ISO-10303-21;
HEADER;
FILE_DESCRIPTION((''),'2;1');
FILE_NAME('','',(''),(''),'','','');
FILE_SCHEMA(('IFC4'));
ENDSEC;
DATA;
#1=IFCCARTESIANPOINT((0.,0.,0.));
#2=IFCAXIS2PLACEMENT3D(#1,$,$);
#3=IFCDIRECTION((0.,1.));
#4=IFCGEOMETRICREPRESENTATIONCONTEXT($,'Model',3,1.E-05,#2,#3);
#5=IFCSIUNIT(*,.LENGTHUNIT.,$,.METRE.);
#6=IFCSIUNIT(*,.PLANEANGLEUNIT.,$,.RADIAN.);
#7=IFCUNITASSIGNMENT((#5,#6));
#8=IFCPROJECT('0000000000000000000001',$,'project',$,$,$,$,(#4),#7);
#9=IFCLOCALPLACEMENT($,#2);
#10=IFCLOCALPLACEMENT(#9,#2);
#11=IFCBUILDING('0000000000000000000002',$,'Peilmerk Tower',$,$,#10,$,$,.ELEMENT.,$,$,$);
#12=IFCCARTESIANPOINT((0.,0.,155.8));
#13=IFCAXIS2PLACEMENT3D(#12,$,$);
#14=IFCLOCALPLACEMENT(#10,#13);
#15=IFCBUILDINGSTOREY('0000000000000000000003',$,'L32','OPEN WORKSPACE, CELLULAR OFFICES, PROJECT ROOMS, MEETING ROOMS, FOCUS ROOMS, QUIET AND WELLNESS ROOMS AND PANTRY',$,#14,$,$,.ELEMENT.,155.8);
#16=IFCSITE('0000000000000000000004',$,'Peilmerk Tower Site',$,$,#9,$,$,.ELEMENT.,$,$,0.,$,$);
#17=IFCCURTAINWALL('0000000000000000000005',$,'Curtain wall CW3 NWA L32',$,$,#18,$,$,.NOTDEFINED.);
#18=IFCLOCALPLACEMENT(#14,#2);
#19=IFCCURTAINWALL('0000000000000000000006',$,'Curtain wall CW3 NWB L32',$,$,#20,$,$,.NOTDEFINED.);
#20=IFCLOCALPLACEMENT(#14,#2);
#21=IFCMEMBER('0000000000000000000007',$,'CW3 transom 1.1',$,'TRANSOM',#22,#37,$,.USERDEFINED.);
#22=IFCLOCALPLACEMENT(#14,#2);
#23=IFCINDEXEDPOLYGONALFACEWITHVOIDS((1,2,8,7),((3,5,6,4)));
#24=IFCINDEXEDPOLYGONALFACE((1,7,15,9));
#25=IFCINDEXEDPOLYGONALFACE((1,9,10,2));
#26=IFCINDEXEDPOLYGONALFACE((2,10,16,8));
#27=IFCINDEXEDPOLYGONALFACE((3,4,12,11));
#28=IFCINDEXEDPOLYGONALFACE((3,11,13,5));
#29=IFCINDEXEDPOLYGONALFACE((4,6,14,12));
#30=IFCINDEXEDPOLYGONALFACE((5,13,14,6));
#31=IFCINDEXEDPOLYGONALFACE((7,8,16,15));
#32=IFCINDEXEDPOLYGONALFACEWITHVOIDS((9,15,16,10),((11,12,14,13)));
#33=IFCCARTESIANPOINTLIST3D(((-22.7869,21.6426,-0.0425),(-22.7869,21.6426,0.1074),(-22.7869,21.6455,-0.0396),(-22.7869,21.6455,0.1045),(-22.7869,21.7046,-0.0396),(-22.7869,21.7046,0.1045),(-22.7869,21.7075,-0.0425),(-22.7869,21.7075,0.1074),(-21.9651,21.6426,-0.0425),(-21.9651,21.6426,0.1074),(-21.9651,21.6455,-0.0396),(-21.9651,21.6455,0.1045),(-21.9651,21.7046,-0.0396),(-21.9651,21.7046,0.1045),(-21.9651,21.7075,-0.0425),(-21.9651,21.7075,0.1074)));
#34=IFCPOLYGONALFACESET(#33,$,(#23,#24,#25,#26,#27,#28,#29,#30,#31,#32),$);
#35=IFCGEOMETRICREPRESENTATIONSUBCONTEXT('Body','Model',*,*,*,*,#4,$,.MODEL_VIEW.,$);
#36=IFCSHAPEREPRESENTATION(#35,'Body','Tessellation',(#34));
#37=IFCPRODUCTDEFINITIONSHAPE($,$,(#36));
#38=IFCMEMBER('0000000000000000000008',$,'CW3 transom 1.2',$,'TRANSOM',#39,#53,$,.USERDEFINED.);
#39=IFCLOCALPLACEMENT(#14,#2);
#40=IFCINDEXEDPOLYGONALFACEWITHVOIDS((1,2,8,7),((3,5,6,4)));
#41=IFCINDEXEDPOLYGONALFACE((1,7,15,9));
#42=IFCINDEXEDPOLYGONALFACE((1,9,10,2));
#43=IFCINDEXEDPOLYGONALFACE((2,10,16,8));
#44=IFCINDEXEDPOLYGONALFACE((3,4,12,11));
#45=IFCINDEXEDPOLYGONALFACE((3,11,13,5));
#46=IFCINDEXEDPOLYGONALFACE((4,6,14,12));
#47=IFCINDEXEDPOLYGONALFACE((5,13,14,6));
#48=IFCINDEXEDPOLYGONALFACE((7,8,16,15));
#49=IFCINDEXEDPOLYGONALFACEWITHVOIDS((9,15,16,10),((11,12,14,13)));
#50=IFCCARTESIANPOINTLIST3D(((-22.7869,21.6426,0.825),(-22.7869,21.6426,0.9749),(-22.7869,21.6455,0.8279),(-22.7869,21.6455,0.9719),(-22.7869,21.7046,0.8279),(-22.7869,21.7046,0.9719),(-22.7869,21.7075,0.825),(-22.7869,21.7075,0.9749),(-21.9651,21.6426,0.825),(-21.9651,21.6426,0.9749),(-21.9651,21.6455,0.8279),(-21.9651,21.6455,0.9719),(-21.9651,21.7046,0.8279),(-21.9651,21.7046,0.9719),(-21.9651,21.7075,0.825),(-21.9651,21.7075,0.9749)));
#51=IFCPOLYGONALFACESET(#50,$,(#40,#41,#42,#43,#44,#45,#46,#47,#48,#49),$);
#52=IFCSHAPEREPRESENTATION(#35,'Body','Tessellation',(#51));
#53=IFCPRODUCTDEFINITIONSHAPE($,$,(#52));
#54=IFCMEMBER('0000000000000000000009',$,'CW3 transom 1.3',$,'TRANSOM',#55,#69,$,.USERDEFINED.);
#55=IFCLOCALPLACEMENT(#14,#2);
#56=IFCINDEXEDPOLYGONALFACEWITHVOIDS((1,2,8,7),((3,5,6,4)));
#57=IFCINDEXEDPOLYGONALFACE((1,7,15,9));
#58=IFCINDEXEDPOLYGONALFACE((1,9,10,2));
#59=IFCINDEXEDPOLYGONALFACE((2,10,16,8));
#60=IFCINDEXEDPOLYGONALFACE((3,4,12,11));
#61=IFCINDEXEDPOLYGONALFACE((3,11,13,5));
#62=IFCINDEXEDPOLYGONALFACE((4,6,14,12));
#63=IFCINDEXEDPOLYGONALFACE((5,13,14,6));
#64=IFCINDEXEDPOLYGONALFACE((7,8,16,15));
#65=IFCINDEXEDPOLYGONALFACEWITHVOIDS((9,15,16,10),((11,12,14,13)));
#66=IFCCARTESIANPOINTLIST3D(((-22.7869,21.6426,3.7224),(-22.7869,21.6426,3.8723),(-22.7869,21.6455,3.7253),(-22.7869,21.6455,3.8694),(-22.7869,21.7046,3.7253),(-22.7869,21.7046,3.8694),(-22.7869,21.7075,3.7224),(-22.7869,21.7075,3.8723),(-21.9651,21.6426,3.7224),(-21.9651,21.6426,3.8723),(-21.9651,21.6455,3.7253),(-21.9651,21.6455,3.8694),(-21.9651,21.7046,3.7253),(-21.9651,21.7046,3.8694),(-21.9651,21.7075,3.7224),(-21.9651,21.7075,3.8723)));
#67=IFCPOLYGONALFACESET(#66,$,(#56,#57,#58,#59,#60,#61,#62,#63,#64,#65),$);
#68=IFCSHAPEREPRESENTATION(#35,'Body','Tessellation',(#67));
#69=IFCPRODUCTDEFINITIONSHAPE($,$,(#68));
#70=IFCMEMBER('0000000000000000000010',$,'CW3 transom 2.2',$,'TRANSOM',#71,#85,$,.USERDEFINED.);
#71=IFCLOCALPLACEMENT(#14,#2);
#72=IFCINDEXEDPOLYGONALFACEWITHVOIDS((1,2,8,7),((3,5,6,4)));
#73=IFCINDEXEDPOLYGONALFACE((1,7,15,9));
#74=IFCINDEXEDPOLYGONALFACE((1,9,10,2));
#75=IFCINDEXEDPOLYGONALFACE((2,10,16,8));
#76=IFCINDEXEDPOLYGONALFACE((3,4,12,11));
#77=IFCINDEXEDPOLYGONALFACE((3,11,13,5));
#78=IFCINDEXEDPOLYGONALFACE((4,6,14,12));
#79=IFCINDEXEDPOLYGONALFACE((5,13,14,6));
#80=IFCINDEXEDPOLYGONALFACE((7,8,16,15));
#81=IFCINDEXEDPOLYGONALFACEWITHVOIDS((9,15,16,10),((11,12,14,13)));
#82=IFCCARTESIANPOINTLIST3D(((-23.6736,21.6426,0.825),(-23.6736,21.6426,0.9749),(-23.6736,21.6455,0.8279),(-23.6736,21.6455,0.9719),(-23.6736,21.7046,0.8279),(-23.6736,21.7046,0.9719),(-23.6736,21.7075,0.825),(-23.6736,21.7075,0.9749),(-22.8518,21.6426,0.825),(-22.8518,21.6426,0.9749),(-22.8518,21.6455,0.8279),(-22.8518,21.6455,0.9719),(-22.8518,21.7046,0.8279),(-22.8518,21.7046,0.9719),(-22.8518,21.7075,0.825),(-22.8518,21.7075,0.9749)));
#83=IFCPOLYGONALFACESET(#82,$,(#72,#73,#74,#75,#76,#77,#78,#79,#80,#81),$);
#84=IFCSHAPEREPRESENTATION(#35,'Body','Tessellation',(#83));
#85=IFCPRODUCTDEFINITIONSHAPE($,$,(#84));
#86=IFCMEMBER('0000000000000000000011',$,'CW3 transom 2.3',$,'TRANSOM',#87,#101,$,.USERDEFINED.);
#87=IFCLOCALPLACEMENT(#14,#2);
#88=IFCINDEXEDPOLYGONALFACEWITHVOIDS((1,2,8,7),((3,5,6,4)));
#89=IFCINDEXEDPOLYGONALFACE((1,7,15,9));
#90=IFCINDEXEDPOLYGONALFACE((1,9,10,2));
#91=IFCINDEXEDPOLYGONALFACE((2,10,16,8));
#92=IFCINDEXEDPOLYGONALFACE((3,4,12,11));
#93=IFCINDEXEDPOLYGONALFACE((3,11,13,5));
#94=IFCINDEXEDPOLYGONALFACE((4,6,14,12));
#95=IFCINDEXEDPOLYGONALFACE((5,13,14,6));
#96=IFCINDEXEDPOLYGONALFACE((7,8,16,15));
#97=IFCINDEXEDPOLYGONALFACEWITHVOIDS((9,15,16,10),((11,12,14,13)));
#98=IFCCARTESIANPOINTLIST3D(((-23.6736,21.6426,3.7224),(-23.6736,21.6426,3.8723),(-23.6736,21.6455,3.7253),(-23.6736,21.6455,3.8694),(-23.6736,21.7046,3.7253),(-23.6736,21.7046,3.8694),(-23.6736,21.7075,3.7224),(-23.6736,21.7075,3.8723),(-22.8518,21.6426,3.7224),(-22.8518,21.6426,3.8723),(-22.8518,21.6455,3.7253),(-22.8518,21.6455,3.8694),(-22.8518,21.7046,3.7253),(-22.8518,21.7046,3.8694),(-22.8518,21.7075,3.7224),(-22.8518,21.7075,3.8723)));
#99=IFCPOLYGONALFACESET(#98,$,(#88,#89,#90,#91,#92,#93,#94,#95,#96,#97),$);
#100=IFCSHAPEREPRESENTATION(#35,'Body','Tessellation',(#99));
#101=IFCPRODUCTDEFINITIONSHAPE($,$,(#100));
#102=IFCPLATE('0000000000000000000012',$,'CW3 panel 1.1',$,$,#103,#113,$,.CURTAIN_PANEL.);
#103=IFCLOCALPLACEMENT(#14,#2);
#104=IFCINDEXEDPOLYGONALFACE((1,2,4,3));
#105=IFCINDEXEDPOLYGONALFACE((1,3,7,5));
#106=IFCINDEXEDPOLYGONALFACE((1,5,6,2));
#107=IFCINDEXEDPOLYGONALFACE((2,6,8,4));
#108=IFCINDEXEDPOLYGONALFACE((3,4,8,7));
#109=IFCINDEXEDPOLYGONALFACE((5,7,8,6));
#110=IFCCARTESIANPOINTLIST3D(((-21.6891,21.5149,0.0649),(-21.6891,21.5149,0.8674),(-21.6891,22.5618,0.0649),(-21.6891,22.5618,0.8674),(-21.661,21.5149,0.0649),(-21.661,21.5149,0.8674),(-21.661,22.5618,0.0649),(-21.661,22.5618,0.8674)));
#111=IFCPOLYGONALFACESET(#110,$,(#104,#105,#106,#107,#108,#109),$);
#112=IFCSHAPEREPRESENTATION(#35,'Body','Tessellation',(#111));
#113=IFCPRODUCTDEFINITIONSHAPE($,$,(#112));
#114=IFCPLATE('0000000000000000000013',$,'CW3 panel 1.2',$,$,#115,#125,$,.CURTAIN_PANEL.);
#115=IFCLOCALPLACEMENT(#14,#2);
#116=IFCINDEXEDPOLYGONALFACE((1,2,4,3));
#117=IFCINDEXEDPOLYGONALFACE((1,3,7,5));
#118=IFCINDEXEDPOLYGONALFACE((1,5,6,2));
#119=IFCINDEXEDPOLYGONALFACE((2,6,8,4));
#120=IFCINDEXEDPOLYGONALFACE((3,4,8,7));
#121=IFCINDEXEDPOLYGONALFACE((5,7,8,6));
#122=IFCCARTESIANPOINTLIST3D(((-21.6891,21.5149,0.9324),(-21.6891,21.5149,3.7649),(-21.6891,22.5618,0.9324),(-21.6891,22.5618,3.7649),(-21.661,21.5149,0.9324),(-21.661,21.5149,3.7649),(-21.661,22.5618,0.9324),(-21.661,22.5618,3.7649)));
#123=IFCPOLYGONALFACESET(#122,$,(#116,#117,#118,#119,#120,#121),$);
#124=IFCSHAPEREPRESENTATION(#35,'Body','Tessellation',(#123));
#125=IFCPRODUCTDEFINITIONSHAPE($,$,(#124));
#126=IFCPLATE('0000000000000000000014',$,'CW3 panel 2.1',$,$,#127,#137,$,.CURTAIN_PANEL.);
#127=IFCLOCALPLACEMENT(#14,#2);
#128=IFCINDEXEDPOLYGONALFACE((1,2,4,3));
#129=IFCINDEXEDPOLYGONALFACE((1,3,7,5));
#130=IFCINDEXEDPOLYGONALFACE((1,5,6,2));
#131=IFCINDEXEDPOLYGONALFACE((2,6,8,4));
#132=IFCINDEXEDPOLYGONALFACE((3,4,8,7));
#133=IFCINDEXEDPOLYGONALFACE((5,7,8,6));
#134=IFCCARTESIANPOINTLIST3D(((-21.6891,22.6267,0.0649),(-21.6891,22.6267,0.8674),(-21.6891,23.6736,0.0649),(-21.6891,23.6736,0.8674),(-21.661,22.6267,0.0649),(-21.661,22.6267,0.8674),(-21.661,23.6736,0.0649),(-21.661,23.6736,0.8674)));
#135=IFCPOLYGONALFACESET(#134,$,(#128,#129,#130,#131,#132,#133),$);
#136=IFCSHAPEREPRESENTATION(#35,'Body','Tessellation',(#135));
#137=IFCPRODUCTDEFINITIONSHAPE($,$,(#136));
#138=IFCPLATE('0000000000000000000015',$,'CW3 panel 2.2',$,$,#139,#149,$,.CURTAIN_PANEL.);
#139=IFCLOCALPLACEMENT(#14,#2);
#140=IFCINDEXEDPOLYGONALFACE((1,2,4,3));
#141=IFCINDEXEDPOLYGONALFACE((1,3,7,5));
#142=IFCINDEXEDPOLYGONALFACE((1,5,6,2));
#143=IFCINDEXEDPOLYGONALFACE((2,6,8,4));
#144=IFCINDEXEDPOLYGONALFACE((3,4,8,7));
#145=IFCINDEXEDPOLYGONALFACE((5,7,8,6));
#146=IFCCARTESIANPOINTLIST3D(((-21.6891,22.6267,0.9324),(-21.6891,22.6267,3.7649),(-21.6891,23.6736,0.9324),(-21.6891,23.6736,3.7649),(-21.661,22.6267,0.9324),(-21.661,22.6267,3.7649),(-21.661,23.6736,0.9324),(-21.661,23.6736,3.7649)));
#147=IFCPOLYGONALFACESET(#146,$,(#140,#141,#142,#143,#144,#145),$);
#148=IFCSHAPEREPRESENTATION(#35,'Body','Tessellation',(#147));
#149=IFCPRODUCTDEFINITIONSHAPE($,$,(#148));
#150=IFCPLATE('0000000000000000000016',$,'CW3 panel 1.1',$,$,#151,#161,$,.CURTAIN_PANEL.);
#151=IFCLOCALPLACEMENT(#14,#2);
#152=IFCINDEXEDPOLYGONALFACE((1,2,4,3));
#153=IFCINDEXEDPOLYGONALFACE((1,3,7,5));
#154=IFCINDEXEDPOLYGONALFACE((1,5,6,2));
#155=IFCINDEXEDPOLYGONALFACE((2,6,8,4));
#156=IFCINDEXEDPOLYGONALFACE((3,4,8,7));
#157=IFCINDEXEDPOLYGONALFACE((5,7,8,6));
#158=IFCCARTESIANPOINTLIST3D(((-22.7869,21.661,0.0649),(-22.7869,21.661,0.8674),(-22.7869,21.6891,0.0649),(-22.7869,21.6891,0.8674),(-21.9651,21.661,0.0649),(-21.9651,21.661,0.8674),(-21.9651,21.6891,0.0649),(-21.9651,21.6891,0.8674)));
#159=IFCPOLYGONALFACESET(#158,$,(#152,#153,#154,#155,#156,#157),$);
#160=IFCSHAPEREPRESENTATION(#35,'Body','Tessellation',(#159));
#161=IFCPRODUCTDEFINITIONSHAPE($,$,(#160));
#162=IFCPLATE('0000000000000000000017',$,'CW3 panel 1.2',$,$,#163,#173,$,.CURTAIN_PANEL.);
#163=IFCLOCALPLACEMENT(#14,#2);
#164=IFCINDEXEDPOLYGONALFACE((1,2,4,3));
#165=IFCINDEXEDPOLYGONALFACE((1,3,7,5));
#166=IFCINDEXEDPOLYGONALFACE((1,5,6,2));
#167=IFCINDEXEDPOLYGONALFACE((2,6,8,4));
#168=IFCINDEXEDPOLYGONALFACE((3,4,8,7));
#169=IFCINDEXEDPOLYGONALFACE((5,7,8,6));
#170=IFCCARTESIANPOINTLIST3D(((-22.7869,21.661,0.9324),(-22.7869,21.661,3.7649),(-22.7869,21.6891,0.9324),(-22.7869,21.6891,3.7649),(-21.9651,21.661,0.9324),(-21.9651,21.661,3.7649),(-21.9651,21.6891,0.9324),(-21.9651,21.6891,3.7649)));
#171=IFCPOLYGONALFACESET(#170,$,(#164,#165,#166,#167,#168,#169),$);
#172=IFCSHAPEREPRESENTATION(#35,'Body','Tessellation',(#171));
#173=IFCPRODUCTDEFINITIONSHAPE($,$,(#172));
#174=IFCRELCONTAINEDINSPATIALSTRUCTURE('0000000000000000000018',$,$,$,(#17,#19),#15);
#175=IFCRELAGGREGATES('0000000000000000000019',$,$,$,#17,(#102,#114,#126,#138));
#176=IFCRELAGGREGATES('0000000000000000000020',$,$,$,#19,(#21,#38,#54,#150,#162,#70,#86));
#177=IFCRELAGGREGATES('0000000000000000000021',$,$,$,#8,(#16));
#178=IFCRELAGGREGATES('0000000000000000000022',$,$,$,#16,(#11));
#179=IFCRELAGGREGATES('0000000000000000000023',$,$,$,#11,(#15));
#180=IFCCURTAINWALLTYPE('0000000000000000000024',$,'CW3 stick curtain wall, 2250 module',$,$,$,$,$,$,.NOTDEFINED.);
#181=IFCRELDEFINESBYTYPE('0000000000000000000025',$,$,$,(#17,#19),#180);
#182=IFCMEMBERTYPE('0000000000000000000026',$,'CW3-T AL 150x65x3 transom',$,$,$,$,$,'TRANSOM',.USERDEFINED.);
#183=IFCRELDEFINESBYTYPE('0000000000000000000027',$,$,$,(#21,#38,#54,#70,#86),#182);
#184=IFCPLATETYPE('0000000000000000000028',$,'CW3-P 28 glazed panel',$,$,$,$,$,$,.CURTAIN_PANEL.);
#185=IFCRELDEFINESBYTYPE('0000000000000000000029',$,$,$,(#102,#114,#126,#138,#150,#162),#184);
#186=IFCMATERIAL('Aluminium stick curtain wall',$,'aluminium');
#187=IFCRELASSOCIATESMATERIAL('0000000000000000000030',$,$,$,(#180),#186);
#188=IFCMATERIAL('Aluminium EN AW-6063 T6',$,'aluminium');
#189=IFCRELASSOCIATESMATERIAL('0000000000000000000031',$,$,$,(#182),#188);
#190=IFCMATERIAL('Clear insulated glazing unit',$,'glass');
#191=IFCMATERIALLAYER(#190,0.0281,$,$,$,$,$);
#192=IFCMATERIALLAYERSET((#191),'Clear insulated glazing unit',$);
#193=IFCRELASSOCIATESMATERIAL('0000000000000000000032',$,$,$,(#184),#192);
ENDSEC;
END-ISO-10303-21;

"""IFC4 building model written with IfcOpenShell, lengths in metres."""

from ifc_helpers import new_model, si_unit, direction, frame, origin, origin_2d, place, context, subcontext, project, spatial, rectangle, hollow_rectangle, extrude, material, layer, layer_set, material_profile, profile_set, type_object, element, aggregate, save


model = new_model("IFC4")

# Units and contexts
model_context = context("Model", 3, precision=1e-05, world=origin(), true_north=direction((0.0, 1.0)))
body_context = subcontext(model_context, "Body", "Model", "MODEL_VIEW")
ifc_project = project(units=[si_unit("LENGTHUNIT", "METRE"), si_unit("PLANEANGLEUNIT", "RADIAN")], contexts=[model_context])

# Site, building, storey
site_placement = place(None, origin())
site = spatial("IfcSite", under=ifc_project, at=site_placement, Name="Peilmerk Tower Site", CompositionType="ELEMENT", RefElevation=0.0)
building_placement = place(site_placement, origin())
building = spatial("IfcBuilding", under=site, at=building_placement, Name="Peilmerk Tower", CompositionType="ELEMENT")
storey_placement = place(building_placement, frame((0.0, 0.0, 155.8)))
storey = spatial("IfcBuildingStorey", under=building, at=storey_placement, Name="L32", Description="OPEN WORKSPACE, CELLULAR OFFICES, PROJECT ROOMS, MEETING ROOMS, FOCUS ROOMS, QUIET AND WELLNESS ROOMS AND PANTRY", CompositionType="ELEMENT", Elevation=155.8)

# Curtain walls
ifc_material_1 = material(Name="Aluminium stick curtain wall", Category="aluminium")
curtain_wall_type = type_object("IfcCurtainWallType", Name="CW3 stick curtain wall, 2250 module", PredefinedType="NOTDEFINED", material=ifc_material_1)
curtain_wall_1_placement = place(storey_placement, origin())
curtain_wall_1 = element("IfcCurtainWall", 1, at=curtain_wall_1_placement, inside=storey, type_object=curtain_wall_type, Name="Curtain wall CW3 NWA L32", PredefinedType="NOTDEFINED")
ifc_material_2 = material(Name="Aluminium EN AW-6063 T6", Category="aluminium")
curtain_wall_2_placement = place(storey_placement, origin())
curtain_wall_2 = element("IfcCurtainWall", 2, at=curtain_wall_2_placement, inside=storey, type_object=curtain_wall_type, Name="Curtain wall CW3 NWB L32", PredefinedType="NOTDEFINED")

# Members
ifc_material_profile_1 = material_profile(ifc_material_2, hollow_rectangle(XDim=0.0649, YDim=0.1499, WallThickness=0.0029, at=origin_2d()), Name="AL 150x65x3")
ifc_profile_set_1 = profile_set([ifc_material_profile_1], Name="Aluminium EN AW-6063 T6")
member_type_1 = type_object("IfcMemberType", Name="CW3-T AL 150x65x3 transom", ElementType="TRANSOM", PredefinedType="USERDEFINED", material=ifc_profile_set_1)
member_1_placement = place(storey_placement, frame((-21.9651, 21.675, 0.0325), z_axis=(-1.0, 0.0, 0.0), x_axis=(0.0, -1.0, 0.0)))
member_1 = element("IfcMember", 3, at=member_1_placement, type_object=member_type_1, Name="CW3 transom 1.1", ObjectType="TRANSOM", PredefinedType="USERDEFINED", context=body_context, shape_type="SweptSolid", body=[
    extrude(hollow_rectangle(XDim=0.0649, YDim=0.1499, WallThickness=0.0029, at=origin_2d()), origin(), (0.0, 0.0, 1.0), 0.8218),
])
member_2_placement = place(storey_placement, frame((-21.9651, 21.675, 0.8999), z_axis=(-1.0, 0.0, 0.0), x_axis=(0.0, -1.0, 0.0)))
member_2 = element("IfcMember", 4, at=member_2_placement, type_object=member_type_1, Name="CW3 transom 1.2", ObjectType="TRANSOM", PredefinedType="USERDEFINED", context=body_context, shape_type="SweptSolid", body=[
    extrude(hollow_rectangle(XDim=0.0649, YDim=0.1499, WallThickness=0.0029, at=origin_2d()), origin(), (0.0, 0.0, 1.0), 0.8218),
])
member_3_placement = place(storey_placement, frame((-21.9651, 21.675, 3.7974), z_axis=(-1.0, 0.0, 0.0), x_axis=(0.0, -1.0, 0.0)))
member_3 = element("IfcMember", 5, at=member_3_placement, type_object=member_type_1, Name="CW3 transom 1.3", ObjectType="TRANSOM", PredefinedType="USERDEFINED", context=body_context, shape_type="SweptSolid", body=[
    extrude(hollow_rectangle(XDim=0.0649, YDim=0.1499, WallThickness=0.0029, at=origin_2d()), origin(), (0.0, 0.0, 1.0), 0.8218),
])
member_4_placement = place(storey_placement, frame((-22.8518, 21.675, 0.8999), z_axis=(-1.0, 0.0, 0.0), x_axis=(0.0, -1.0, 0.0)))
member_4 = element("IfcMember", 6, at=member_4_placement, type_object=member_type_1, Name="CW3 transom 2.2", ObjectType="TRANSOM", PredefinedType="USERDEFINED", context=body_context, shape_type="SweptSolid", body=[
    extrude(hollow_rectangle(XDim=0.0649, YDim=0.1499, WallThickness=0.0029, at=origin_2d()), origin(), (0.0, 0.0, 1.0), 0.8218),
])
member_5_placement = place(storey_placement, frame((-22.8518, 21.675, 3.7974), z_axis=(-1.0, 0.0, 0.0), x_axis=(0.0, -1.0, 0.0)))
member_5 = element("IfcMember", 7, at=member_5_placement, type_object=member_type_1, Name="CW3 transom 2.3", ObjectType="TRANSOM", PredefinedType="USERDEFINED", context=body_context, shape_type="SweptSolid", body=[
    extrude(hollow_rectangle(XDim=0.0649, YDim=0.1499, WallThickness=0.0029, at=origin_2d()), origin(), (0.0, 0.0, 1.0), 0.8218),
])

# Plates
ifc_material_3 = material(Name="Clear insulated glazing unit", Category="glass")
ifc_layer_1 = layer(ifc_material_3, 0.0281)
ifc_layer_set_1 = layer_set([ifc_layer_1], Name="Clear insulated glazing unit")
plate_type = type_object("IfcPlateType", Name="CW3-P 28 glazed panel", PredefinedType="CURTAIN_PANEL", material=ifc_layer_set_1)
plate_1_placement = place(storey_placement, frame((-21.675, 22.0383, 0.0649), z_axis=(0.0, 0.0, 1.0), x_axis=(0.0, 1.0, 0.0)))
plate_1 = element("IfcPlate", 8, at=plate_1_placement, type_object=plate_type, Name="CW3 panel 1.1", PredefinedType="CURTAIN_PANEL", context=body_context, shape_type="SweptSolid", body=[
    extrude(rectangle(XDim=1.0469, YDim=0.0281, at=origin_2d()), origin(), (0.0, 0.0, 1.0), 0.8025),
])
plate_2_placement = place(storey_placement, frame((-21.675, 22.0383, 0.9324), z_axis=(0.0, 0.0, 1.0), x_axis=(0.0, 1.0, 0.0)))
plate_2 = element("IfcPlate", 9, at=plate_2_placement, type_object=plate_type, Name="CW3 panel 1.2", PredefinedType="CURTAIN_PANEL", context=body_context, shape_type="SweptSolid", body=[
    extrude(rectangle(XDim=1.0469, YDim=0.0281, at=origin_2d()), origin(), (0.0, 0.0, 1.0), 2.8325),
])
plate_3_placement = place(storey_placement, frame((-21.675, 23.1501, 0.0649), z_axis=(0.0, 0.0, 1.0), x_axis=(0.0, 1.0, 0.0)))
plate_3 = element("IfcPlate", 10, at=plate_3_placement, type_object=plate_type, Name="CW3 panel 2.1", PredefinedType="CURTAIN_PANEL", context=body_context, shape_type="SweptSolid", body=[
    extrude(rectangle(XDim=1.0469, YDim=0.0281, at=origin_2d()), origin(), (0.0, 0.0, 1.0), 0.8025),
])
plate_4_placement = place(storey_placement, frame((-21.675, 23.1501, 0.9324), z_axis=(0.0, 0.0, 1.0), x_axis=(0.0, 1.0, 0.0)))
plate_4 = element("IfcPlate", 11, at=plate_4_placement, type_object=plate_type, Name="CW3 panel 2.2", PredefinedType="CURTAIN_PANEL", context=body_context, shape_type="SweptSolid", body=[
    extrude(rectangle(XDim=1.0469, YDim=0.0281, at=origin_2d()), origin(), (0.0, 0.0, 1.0), 2.8325),
])
aggregate(curtain_wall_1, [plate_1, plate_2, plate_3, plate_4])
plate_5_placement = place(storey_placement, frame((-22.376, 21.675, 0.0649), z_axis=(0.0, 0.0, 1.0), x_axis=(-1.0, 0.0, 0.0)))
plate_5 = element("IfcPlate", 12, at=plate_5_placement, type_object=plate_type, Name="CW3 panel 1.1", PredefinedType="CURTAIN_PANEL", context=body_context, shape_type="SweptSolid", body=[
    extrude(rectangle(XDim=0.8218, YDim=0.0281, at=origin_2d()), origin(), (0.0, 0.0, 1.0), 0.8025),
])
plate_6_placement = place(storey_placement, frame((-22.376, 21.675, 0.9324), z_axis=(0.0, 0.0, 1.0), x_axis=(-1.0, 0.0, 0.0)))
plate_6 = element("IfcPlate", 13, at=plate_6_placement, type_object=plate_type, Name="CW3 panel 1.2", PredefinedType="CURTAIN_PANEL", context=body_context, shape_type="SweptSolid", body=[
    extrude(rectangle(XDim=0.8218, YDim=0.0281, at=origin_2d()), origin(), (0.0, 0.0, 1.0), 2.8325),
])
aggregate(curtain_wall_2, [member_1, member_2, member_3, plate_5, plate_6, member_4, member_5])

save(model, "model.ifc")
